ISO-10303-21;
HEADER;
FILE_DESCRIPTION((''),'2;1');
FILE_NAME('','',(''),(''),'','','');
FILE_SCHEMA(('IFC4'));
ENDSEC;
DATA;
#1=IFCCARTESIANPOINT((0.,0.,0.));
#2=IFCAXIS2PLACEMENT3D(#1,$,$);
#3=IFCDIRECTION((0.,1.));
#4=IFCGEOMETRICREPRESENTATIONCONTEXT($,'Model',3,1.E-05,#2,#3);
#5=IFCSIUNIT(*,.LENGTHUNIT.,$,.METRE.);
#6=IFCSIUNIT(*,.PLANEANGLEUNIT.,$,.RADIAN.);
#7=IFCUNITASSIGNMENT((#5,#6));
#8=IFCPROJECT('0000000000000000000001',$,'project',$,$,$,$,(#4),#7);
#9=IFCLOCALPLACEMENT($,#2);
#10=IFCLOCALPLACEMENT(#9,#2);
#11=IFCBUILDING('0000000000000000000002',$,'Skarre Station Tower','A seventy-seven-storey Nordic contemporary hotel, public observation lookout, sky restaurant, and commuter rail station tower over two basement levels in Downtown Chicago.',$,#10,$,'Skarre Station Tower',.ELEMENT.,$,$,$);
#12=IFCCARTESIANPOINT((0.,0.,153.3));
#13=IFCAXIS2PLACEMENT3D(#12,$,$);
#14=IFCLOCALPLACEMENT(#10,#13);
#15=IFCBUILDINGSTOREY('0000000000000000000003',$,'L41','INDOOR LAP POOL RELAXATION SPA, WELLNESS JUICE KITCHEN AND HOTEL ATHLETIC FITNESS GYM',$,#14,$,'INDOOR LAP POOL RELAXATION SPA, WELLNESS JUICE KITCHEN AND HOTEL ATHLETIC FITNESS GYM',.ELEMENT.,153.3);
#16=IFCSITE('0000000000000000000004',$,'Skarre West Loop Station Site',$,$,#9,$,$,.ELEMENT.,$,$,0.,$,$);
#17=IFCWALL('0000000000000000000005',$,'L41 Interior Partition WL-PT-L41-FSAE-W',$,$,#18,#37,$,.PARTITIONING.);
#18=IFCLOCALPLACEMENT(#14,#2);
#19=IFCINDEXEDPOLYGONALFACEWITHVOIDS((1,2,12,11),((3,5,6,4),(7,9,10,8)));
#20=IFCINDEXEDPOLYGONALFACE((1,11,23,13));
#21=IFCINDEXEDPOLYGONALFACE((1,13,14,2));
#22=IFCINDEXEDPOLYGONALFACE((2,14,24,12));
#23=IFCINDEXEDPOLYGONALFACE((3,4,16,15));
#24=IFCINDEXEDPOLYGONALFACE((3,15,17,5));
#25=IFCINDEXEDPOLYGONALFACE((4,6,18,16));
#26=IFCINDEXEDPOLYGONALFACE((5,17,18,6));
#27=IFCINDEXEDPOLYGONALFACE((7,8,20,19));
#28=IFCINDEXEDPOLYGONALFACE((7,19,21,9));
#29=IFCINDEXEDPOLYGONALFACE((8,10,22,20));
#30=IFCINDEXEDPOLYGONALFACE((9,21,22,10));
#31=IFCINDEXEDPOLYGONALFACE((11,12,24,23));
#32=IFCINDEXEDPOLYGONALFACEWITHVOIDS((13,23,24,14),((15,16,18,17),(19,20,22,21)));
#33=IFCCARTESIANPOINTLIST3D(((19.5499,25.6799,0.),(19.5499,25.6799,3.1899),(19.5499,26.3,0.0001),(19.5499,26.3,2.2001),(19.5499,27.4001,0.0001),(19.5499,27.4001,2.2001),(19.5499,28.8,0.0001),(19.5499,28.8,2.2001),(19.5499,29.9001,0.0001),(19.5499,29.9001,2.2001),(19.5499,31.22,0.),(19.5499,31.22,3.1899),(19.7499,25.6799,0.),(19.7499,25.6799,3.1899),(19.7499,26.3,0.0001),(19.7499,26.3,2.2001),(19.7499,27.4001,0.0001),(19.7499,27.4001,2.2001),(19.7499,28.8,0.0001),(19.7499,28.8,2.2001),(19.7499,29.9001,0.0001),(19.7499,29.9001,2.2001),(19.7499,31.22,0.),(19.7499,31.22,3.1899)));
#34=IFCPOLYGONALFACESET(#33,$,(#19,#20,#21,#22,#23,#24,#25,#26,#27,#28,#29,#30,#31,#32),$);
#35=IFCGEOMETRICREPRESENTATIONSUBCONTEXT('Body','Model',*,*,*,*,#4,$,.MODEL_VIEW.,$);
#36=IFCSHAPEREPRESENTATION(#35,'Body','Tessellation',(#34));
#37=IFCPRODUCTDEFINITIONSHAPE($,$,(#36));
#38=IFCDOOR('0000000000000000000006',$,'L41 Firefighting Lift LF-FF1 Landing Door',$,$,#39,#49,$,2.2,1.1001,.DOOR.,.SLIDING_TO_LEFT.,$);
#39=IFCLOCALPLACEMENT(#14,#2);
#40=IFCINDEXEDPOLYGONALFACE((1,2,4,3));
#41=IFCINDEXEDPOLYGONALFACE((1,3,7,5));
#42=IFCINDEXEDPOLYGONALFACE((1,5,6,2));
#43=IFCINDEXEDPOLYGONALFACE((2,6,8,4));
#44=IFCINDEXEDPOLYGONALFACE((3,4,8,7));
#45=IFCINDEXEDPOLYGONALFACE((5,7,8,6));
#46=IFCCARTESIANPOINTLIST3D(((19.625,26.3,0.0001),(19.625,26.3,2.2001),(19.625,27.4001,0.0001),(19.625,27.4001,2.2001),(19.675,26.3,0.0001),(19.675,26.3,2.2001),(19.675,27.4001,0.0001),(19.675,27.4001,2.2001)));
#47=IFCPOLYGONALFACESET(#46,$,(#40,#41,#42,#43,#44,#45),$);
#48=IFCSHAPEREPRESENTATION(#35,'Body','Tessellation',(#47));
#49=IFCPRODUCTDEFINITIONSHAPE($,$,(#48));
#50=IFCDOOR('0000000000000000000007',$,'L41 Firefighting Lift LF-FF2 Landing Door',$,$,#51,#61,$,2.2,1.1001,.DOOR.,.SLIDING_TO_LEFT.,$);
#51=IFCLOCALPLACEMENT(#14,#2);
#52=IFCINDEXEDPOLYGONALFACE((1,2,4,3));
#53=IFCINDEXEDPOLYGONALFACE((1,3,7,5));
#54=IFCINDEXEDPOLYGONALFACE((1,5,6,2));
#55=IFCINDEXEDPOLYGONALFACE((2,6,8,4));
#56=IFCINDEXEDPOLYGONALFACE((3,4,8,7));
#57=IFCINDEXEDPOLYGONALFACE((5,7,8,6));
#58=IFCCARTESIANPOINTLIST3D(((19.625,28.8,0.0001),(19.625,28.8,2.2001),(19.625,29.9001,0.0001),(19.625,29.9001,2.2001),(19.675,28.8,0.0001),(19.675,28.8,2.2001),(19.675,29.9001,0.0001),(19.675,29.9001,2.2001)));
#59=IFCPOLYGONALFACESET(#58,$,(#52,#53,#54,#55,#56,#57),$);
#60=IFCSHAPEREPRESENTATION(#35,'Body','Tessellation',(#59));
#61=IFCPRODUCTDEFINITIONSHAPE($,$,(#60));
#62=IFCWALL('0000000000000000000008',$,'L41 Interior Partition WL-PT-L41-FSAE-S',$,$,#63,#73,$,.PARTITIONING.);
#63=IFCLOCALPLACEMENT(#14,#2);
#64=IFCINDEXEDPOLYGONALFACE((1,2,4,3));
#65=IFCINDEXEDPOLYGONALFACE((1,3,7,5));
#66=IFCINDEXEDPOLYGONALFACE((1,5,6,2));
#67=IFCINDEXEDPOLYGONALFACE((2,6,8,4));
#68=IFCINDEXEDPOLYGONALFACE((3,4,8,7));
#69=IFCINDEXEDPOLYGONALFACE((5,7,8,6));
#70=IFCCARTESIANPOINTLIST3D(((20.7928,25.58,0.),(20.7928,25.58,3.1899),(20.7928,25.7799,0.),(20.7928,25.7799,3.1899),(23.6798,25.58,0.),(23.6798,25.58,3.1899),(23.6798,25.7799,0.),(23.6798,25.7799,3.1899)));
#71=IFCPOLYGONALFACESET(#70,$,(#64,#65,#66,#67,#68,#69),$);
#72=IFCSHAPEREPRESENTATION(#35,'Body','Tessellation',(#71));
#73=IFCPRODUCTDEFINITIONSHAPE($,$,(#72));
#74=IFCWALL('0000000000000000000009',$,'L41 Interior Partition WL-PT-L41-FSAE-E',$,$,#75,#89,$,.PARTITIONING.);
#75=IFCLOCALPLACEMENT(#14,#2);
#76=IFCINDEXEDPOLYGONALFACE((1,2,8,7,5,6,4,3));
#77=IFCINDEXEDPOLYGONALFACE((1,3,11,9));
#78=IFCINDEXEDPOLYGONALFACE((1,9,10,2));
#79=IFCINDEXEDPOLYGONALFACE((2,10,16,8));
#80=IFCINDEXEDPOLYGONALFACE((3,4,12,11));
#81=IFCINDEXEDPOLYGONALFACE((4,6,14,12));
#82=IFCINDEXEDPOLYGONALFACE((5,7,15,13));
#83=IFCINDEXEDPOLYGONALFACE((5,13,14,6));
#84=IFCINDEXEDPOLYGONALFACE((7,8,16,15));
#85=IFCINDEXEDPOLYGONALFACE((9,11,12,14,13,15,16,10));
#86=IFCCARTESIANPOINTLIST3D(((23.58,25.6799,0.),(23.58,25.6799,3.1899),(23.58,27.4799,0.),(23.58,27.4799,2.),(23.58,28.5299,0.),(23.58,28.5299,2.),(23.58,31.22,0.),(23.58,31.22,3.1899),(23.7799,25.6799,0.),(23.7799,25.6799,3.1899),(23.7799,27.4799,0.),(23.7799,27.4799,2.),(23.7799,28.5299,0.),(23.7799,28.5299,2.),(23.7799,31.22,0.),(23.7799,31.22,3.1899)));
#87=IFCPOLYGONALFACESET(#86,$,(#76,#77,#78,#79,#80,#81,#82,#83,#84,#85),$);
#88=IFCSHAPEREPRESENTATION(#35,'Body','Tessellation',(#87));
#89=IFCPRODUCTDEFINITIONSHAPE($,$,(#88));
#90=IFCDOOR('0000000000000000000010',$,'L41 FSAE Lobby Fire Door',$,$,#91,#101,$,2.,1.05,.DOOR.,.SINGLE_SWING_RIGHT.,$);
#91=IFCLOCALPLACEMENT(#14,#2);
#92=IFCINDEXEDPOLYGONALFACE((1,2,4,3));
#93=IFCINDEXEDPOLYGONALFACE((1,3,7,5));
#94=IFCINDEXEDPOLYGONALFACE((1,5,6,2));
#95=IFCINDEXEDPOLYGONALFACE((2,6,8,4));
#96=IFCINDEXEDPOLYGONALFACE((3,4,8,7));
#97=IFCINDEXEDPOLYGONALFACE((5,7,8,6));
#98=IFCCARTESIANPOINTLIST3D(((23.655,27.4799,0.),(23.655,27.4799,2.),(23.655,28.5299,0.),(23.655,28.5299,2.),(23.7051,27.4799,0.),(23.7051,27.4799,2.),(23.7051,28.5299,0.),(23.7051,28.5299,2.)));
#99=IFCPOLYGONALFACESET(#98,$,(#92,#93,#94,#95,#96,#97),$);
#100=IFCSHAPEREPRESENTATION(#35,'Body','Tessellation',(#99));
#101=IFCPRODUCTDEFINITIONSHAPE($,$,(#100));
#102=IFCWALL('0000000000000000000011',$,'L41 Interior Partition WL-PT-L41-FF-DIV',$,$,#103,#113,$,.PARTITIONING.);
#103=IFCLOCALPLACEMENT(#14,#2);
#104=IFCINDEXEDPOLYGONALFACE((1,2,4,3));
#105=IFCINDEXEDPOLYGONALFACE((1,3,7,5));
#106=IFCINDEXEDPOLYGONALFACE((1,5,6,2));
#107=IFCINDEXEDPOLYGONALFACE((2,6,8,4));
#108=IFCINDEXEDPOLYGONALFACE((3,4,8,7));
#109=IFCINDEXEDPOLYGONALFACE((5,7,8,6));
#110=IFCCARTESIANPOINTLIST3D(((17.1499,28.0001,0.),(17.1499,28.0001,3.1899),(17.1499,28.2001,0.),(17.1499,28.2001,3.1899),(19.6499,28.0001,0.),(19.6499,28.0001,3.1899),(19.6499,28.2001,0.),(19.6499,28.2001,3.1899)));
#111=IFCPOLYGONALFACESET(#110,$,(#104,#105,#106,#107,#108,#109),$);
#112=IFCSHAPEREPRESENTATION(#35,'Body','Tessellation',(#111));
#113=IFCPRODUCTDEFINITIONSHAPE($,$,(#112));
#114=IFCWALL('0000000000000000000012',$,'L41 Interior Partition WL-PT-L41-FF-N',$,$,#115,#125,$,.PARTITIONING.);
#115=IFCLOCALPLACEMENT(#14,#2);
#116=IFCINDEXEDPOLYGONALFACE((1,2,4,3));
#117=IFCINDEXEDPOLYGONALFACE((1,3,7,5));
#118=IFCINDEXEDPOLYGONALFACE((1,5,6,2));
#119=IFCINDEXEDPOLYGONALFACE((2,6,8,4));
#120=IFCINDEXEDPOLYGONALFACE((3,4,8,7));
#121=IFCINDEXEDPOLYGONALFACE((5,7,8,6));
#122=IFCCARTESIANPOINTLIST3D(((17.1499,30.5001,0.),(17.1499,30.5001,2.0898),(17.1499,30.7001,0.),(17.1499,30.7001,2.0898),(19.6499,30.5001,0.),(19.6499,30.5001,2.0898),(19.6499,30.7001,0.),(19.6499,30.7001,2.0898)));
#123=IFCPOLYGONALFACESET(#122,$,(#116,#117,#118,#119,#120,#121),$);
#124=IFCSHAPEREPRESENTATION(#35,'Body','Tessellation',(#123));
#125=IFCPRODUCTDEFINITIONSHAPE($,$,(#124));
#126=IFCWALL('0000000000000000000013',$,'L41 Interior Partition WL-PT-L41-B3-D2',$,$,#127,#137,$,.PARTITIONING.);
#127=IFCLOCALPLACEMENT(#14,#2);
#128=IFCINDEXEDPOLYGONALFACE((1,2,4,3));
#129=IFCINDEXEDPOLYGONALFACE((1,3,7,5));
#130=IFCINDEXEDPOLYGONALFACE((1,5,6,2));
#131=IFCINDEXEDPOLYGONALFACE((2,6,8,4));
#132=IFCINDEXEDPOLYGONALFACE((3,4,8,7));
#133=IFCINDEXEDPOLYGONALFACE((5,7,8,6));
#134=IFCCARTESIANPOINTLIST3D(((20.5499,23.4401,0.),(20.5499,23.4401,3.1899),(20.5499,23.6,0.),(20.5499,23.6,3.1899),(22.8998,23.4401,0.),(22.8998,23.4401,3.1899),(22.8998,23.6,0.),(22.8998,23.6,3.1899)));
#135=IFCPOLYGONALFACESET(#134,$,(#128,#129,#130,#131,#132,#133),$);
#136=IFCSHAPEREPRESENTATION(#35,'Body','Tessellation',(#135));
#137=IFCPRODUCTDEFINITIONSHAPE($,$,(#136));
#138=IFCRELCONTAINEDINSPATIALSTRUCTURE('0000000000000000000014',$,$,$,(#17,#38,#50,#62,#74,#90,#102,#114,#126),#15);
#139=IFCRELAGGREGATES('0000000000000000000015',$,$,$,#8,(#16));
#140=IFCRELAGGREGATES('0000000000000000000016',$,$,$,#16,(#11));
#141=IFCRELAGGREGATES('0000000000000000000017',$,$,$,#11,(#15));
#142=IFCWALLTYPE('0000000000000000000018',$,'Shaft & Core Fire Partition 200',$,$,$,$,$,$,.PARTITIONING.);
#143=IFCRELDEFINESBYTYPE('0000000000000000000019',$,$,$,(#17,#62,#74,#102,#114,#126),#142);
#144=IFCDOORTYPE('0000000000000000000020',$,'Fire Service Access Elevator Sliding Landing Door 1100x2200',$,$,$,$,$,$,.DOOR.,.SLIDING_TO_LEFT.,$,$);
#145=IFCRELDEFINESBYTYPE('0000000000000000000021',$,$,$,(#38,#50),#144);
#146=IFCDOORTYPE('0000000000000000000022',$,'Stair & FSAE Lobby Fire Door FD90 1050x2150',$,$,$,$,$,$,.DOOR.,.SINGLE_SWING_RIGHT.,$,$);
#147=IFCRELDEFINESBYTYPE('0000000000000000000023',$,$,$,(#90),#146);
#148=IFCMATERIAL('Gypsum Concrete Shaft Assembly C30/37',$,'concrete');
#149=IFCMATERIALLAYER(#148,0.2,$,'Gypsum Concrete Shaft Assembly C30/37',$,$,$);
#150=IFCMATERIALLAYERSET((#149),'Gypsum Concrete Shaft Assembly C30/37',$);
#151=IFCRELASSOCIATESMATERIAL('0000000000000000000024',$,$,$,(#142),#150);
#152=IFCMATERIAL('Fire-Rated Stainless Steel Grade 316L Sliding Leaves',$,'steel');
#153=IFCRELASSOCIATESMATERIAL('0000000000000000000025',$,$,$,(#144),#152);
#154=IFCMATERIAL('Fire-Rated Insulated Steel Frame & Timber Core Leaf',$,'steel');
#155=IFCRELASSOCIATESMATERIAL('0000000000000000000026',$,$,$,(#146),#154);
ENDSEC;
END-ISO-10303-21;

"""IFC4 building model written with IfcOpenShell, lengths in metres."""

from ifc_helpers import new_model, si_unit, direction, frame, frame_2d, origin, place, context, subcontext, project, spatial, rectangle, extrude, material, layer, layer_set, type_object, element, fill, save


model = new_model("IFC4")

# Units and contexts
model_context = context("Model", 3, precision=1e-05, world=origin(), true_north=direction((0.0, 1.0)))
body_context = subcontext(model_context, "Body", "Model", "MODEL_VIEW")
ifc_project = project(units=[si_unit("LENGTHUNIT", "METRE"), si_unit("PLANEANGLEUNIT", "RADIAN")], contexts=[model_context])

# Site, building, storey
site_placement = place(None, origin())
site = spatial("IfcSite", under=ifc_project, at=site_placement, Name="Skarre West Loop Station Site", CompositionType="ELEMENT", RefElevation=0.0)
building_placement = place(site_placement, origin())
building = spatial("IfcBuilding", under=site, at=building_placement, Name="Skarre Station Tower", Description="A seventy-seven-storey Nordic contemporary hotel, public observation lookout, sky restaurant, and commuter rail station tower over two basement levels in Downtown Chicago.", LongName="Skarre Station Tower", CompositionType="ELEMENT")
storey_placement = place(building_placement, frame((0.0, 0.0, 153.3)))
storey = spatial("IfcBuildingStorey", under=building, at=storey_placement, Name="L41", Description="INDOOR LAP POOL RELAXATION SPA, WELLNESS JUICE KITCHEN AND HOTEL ATHLETIC FITNESS GYM", LongName="INDOOR LAP POOL RELAXATION SPA, WELLNESS JUICE KITCHEN AND HOTEL ATHLETIC FITNESS GYM", CompositionType="ELEMENT", Elevation=153.3)

# Wall, openings, doors
ifc_material_1 = material(Name="Gypsum Concrete Shaft Assembly C30/37", Category="concrete")
ifc_layer_1 = layer(ifc_material_1, 0.2, Name="Gypsum Concrete Shaft Assembly C30/37")
ifc_layer_set_1 = layer_set([ifc_layer_1], Name="Gypsum Concrete Shaft Assembly C30/37")
wall_type_1 = type_object("IfcWallType", Name="Shaft & Core Fire Partition 200", PredefinedType="PARTITIONING", material=ifc_layer_set_1)
wall_1_placement = place(storey_placement, frame((19.6499, 25.6799, 0.0), z_axis=(0.0, 0.0, 1.0), x_axis=(0.0, 1.0, 0.0)))
wall_1 = element("IfcWall", 1, at=wall_1_placement, inside=storey, type_object=wall_type_1, Name="L41 Interior Partition WL-PT-L41-FSAE-W", PredefinedType="PARTITIONING", context=body_context, shape_type="SweptSolid", body=[
    extrude(rectangle(XDim=5.54, YDim=0.2, at=frame_2d((2.77, 0.0))), origin(), (0.0, 0.0, 1.0), 3.1899),
])
opening_1_placement = place(wall_1_placement, frame((0.6201, 0.0, 0.0)))
opening_1 = element("IfcOpeningElement", 2, at=opening_1_placement, cuts=wall_1, PredefinedType="OPENING", context=body_context, shape_type="SweptSolid", body=[
    extrude(rectangle(XDim=1.1001, YDim=2.2, at=frame_2d((0.55, 1.1001))), frame((0.0, 0.1099, 0.0), z_axis=(0.0, -1.0, 0.0), x_axis=(1.0, 0.0, 0.0)), (0.0, 0.0, 1.0), 0.22),
])
opening_2_placement = place(wall_1_placement, frame((3.1201, 0.0, 0.0)))
opening_2 = element("IfcOpeningElement", 3, at=opening_2_placement, cuts=wall_1, PredefinedType="OPENING", context=body_context, shape_type="SweptSolid", body=[
    extrude(rectangle(XDim=1.1001, YDim=2.2, at=frame_2d((0.55, 1.1001))), frame((0.0, 0.1099, 0.0), z_axis=(0.0, -1.0, 0.0), x_axis=(1.0, 0.0, 0.0)), (0.0, 0.0, 1.0), 0.22),
])
ifc_material_2 = material(Name="Fire-Rated Stainless Steel Grade 316L Sliding Leaves", Category="steel")
door_type_1 = type_object("IfcDoorType", Name="Fire Service Access Elevator Sliding Landing Door 1100x2200", OperationType="SLIDING_TO_LEFT", PredefinedType="DOOR", material=ifc_material_2)
door_1_placement = place(opening_1_placement, origin())
door_1 = element("IfcDoor", 4, at=door_1_placement, inside=storey, type_object=door_type_1, Name="L41 Firefighting Lift LF-FF1 Landing Door", OperationType="SLIDING_TO_LEFT", OverallHeight=2.2, OverallWidth=1.1001, PredefinedType="DOOR", context=body_context, shape_type="SweptSolid", body=[
    extrude(rectangle(XDim=1.1001, YDim=2.2, at=frame_2d((0.55, 1.1001))), frame((0.0, 0.0249, 0.0), z_axis=(0.0, -1.0, 0.0), x_axis=(1.0, 0.0, 0.0)), (0.0, 0.0, 1.0), 0.05),
])
fill(opening_1, door_1)
door_2_placement = place(opening_2_placement, origin())
door_2 = element("IfcDoor", 5, at=door_2_placement, inside=storey, type_object=door_type_1, Name="L41 Firefighting Lift LF-FF2 Landing Door", OperationType="SLIDING_TO_LEFT", OverallHeight=2.2, OverallWidth=1.1001, PredefinedType="DOOR", context=body_context, shape_type="SweptSolid", body=[
    extrude(rectangle(XDim=1.1001, YDim=2.2, at=frame_2d((0.55, 1.1001))), frame((0.0, 0.0249, 0.0), z_axis=(0.0, -1.0, 0.0), x_axis=(1.0, 0.0, 0.0)), (0.0, 0.0, 1.0), 0.05),
])
fill(opening_2, door_2)

# Wall
wall_2_placement = place(storey_placement, frame((20.793, 25.6799, 0.0), z_axis=(0.0, 0.0, 1.0), x_axis=(1.0, 0.0, 0.0)))
element("IfcWall", 6, at=wall_2_placement, inside=storey, type_object=wall_type_1, Name="L41 Interior Partition WL-PT-L41-FSAE-S", PredefinedType="PARTITIONING", context=body_context, shape_type="SweptSolid", body=[
    extrude(rectangle(XDim=2.887, YDim=0.2, at=frame_2d((1.4434, 0.0))), origin(), (0.0, 0.0, 1.0), 3.1899),
])

# Wall, opening, door
wall_3_placement = place(storey_placement, frame((23.6799, 25.6799, 0.0), z_axis=(0.0, 0.0, 1.0), x_axis=(0.0, 1.0, 0.0)))
wall_3 = element("IfcWall", 7, at=wall_3_placement, inside=storey, type_object=wall_type_1, Name="L41 Interior Partition WL-PT-L41-FSAE-E", PredefinedType="PARTITIONING", context=body_context, shape_type="SweptSolid", body=[
    extrude(rectangle(XDim=5.54, YDim=0.2, at=frame_2d((2.77, 0.0))), origin(), (0.0, 0.0, 1.0), 3.1899),
])
opening_3_placement = place(wall_3_placement, frame((1.8, 0.0, 0.0)))
opening_3 = element("IfcOpeningElement", 8, at=opening_3_placement, cuts=wall_3, PredefinedType="OPENING", context=body_context, shape_type="SweptSolid", body=[
    extrude(rectangle(XDim=1.05, YDim=2.0, at=frame_2d((0.5249, 1.0))), frame((0.0, 0.1099, 0.0), z_axis=(0.0, -1.0, 0.0), x_axis=(1.0, 0.0, 0.0)), (0.0, 0.0, 1.0), 0.22),
])
ifc_material_3 = material(Name="Fire-Rated Insulated Steel Frame & Timber Core Leaf", Category="steel")
door_type_2 = type_object("IfcDoorType", Name="Stair & FSAE Lobby Fire Door FD90 1050x2150", OperationType="SINGLE_SWING_RIGHT", PredefinedType="DOOR", material=ifc_material_3)
door_3_placement = place(opening_3_placement, origin())
door_3 = element("IfcDoor", 9, at=door_3_placement, inside=storey, type_object=door_type_2, Name="L41 FSAE Lobby Fire Door", OperationType="SINGLE_SWING_RIGHT", OverallHeight=2.0, OverallWidth=1.05, PredefinedType="DOOR", context=body_context, shape_type="SweptSolid", body=[
    extrude(rectangle(XDim=1.05, YDim=2.0, at=frame_2d((0.5249, 1.0))), frame((0.0, 0.0249, 0.0), z_axis=(0.0, -1.0, 0.0), x_axis=(1.0, 0.0, 0.0)), (0.0, 0.0, 1.0), 0.05),
])
fill(opening_3, door_3)

# Walls
wall_4_placement = place(storey_placement, frame((17.1499, 28.1001, 0.0), z_axis=(0.0, 0.0, 1.0), x_axis=(1.0, 0.0, 0.0)))
element("IfcWall", 10, at=wall_4_placement, inside=storey, type_object=wall_type_1, Name="L41 Interior Partition WL-PT-L41-FF-DIV", PredefinedType="PARTITIONING", context=body_context, shape_type="SweptSolid", body=[
    extrude(rectangle(XDim=2.5, YDim=0.2, at=frame_2d((1.25, 0.0))), origin(), (0.0, 0.0, 1.0), 3.1899),
])
wall_5_placement = place(storey_placement, frame((19.6499, 30.6001, 0.0), z_axis=(0.0, 0.0, 1.0), x_axis=(-1.0, 0.0, 0.0)))
element("IfcWall", 11, at=wall_5_placement, inside=storey, type_object=wall_type_1, Name="L41 Interior Partition WL-PT-L41-FF-N", PredefinedType="PARTITIONING", context=body_context, shape_type="SweptSolid", body=[
    extrude(rectangle(XDim=2.5, YDim=0.2, at=frame_2d((1.25, 0.0))), origin(), (0.0, 0.0, 1.0), 2.0898),
])
wall_6_placement = place(storey_placement, frame((20.55, 23.52, 0.0), z_axis=(0.0, 0.0, 1.0), x_axis=(1.0, 0.0, 0.0)))
element("IfcWall", 12, at=wall_6_placement, inside=storey, type_object=wall_type_1, Name="L41 Interior Partition WL-PT-L41-B3-D2", PredefinedType="PARTITIONING", context=body_context, shape_type="SweptSolid", body=[
    extrude(rectangle(XDim=2.3499, YDim=0.1599, at=frame_2d((1.1748, 0.0))), origin(), (0.0, 0.0, 1.0), 3.1899),
])

save(model, "model.ifc")
